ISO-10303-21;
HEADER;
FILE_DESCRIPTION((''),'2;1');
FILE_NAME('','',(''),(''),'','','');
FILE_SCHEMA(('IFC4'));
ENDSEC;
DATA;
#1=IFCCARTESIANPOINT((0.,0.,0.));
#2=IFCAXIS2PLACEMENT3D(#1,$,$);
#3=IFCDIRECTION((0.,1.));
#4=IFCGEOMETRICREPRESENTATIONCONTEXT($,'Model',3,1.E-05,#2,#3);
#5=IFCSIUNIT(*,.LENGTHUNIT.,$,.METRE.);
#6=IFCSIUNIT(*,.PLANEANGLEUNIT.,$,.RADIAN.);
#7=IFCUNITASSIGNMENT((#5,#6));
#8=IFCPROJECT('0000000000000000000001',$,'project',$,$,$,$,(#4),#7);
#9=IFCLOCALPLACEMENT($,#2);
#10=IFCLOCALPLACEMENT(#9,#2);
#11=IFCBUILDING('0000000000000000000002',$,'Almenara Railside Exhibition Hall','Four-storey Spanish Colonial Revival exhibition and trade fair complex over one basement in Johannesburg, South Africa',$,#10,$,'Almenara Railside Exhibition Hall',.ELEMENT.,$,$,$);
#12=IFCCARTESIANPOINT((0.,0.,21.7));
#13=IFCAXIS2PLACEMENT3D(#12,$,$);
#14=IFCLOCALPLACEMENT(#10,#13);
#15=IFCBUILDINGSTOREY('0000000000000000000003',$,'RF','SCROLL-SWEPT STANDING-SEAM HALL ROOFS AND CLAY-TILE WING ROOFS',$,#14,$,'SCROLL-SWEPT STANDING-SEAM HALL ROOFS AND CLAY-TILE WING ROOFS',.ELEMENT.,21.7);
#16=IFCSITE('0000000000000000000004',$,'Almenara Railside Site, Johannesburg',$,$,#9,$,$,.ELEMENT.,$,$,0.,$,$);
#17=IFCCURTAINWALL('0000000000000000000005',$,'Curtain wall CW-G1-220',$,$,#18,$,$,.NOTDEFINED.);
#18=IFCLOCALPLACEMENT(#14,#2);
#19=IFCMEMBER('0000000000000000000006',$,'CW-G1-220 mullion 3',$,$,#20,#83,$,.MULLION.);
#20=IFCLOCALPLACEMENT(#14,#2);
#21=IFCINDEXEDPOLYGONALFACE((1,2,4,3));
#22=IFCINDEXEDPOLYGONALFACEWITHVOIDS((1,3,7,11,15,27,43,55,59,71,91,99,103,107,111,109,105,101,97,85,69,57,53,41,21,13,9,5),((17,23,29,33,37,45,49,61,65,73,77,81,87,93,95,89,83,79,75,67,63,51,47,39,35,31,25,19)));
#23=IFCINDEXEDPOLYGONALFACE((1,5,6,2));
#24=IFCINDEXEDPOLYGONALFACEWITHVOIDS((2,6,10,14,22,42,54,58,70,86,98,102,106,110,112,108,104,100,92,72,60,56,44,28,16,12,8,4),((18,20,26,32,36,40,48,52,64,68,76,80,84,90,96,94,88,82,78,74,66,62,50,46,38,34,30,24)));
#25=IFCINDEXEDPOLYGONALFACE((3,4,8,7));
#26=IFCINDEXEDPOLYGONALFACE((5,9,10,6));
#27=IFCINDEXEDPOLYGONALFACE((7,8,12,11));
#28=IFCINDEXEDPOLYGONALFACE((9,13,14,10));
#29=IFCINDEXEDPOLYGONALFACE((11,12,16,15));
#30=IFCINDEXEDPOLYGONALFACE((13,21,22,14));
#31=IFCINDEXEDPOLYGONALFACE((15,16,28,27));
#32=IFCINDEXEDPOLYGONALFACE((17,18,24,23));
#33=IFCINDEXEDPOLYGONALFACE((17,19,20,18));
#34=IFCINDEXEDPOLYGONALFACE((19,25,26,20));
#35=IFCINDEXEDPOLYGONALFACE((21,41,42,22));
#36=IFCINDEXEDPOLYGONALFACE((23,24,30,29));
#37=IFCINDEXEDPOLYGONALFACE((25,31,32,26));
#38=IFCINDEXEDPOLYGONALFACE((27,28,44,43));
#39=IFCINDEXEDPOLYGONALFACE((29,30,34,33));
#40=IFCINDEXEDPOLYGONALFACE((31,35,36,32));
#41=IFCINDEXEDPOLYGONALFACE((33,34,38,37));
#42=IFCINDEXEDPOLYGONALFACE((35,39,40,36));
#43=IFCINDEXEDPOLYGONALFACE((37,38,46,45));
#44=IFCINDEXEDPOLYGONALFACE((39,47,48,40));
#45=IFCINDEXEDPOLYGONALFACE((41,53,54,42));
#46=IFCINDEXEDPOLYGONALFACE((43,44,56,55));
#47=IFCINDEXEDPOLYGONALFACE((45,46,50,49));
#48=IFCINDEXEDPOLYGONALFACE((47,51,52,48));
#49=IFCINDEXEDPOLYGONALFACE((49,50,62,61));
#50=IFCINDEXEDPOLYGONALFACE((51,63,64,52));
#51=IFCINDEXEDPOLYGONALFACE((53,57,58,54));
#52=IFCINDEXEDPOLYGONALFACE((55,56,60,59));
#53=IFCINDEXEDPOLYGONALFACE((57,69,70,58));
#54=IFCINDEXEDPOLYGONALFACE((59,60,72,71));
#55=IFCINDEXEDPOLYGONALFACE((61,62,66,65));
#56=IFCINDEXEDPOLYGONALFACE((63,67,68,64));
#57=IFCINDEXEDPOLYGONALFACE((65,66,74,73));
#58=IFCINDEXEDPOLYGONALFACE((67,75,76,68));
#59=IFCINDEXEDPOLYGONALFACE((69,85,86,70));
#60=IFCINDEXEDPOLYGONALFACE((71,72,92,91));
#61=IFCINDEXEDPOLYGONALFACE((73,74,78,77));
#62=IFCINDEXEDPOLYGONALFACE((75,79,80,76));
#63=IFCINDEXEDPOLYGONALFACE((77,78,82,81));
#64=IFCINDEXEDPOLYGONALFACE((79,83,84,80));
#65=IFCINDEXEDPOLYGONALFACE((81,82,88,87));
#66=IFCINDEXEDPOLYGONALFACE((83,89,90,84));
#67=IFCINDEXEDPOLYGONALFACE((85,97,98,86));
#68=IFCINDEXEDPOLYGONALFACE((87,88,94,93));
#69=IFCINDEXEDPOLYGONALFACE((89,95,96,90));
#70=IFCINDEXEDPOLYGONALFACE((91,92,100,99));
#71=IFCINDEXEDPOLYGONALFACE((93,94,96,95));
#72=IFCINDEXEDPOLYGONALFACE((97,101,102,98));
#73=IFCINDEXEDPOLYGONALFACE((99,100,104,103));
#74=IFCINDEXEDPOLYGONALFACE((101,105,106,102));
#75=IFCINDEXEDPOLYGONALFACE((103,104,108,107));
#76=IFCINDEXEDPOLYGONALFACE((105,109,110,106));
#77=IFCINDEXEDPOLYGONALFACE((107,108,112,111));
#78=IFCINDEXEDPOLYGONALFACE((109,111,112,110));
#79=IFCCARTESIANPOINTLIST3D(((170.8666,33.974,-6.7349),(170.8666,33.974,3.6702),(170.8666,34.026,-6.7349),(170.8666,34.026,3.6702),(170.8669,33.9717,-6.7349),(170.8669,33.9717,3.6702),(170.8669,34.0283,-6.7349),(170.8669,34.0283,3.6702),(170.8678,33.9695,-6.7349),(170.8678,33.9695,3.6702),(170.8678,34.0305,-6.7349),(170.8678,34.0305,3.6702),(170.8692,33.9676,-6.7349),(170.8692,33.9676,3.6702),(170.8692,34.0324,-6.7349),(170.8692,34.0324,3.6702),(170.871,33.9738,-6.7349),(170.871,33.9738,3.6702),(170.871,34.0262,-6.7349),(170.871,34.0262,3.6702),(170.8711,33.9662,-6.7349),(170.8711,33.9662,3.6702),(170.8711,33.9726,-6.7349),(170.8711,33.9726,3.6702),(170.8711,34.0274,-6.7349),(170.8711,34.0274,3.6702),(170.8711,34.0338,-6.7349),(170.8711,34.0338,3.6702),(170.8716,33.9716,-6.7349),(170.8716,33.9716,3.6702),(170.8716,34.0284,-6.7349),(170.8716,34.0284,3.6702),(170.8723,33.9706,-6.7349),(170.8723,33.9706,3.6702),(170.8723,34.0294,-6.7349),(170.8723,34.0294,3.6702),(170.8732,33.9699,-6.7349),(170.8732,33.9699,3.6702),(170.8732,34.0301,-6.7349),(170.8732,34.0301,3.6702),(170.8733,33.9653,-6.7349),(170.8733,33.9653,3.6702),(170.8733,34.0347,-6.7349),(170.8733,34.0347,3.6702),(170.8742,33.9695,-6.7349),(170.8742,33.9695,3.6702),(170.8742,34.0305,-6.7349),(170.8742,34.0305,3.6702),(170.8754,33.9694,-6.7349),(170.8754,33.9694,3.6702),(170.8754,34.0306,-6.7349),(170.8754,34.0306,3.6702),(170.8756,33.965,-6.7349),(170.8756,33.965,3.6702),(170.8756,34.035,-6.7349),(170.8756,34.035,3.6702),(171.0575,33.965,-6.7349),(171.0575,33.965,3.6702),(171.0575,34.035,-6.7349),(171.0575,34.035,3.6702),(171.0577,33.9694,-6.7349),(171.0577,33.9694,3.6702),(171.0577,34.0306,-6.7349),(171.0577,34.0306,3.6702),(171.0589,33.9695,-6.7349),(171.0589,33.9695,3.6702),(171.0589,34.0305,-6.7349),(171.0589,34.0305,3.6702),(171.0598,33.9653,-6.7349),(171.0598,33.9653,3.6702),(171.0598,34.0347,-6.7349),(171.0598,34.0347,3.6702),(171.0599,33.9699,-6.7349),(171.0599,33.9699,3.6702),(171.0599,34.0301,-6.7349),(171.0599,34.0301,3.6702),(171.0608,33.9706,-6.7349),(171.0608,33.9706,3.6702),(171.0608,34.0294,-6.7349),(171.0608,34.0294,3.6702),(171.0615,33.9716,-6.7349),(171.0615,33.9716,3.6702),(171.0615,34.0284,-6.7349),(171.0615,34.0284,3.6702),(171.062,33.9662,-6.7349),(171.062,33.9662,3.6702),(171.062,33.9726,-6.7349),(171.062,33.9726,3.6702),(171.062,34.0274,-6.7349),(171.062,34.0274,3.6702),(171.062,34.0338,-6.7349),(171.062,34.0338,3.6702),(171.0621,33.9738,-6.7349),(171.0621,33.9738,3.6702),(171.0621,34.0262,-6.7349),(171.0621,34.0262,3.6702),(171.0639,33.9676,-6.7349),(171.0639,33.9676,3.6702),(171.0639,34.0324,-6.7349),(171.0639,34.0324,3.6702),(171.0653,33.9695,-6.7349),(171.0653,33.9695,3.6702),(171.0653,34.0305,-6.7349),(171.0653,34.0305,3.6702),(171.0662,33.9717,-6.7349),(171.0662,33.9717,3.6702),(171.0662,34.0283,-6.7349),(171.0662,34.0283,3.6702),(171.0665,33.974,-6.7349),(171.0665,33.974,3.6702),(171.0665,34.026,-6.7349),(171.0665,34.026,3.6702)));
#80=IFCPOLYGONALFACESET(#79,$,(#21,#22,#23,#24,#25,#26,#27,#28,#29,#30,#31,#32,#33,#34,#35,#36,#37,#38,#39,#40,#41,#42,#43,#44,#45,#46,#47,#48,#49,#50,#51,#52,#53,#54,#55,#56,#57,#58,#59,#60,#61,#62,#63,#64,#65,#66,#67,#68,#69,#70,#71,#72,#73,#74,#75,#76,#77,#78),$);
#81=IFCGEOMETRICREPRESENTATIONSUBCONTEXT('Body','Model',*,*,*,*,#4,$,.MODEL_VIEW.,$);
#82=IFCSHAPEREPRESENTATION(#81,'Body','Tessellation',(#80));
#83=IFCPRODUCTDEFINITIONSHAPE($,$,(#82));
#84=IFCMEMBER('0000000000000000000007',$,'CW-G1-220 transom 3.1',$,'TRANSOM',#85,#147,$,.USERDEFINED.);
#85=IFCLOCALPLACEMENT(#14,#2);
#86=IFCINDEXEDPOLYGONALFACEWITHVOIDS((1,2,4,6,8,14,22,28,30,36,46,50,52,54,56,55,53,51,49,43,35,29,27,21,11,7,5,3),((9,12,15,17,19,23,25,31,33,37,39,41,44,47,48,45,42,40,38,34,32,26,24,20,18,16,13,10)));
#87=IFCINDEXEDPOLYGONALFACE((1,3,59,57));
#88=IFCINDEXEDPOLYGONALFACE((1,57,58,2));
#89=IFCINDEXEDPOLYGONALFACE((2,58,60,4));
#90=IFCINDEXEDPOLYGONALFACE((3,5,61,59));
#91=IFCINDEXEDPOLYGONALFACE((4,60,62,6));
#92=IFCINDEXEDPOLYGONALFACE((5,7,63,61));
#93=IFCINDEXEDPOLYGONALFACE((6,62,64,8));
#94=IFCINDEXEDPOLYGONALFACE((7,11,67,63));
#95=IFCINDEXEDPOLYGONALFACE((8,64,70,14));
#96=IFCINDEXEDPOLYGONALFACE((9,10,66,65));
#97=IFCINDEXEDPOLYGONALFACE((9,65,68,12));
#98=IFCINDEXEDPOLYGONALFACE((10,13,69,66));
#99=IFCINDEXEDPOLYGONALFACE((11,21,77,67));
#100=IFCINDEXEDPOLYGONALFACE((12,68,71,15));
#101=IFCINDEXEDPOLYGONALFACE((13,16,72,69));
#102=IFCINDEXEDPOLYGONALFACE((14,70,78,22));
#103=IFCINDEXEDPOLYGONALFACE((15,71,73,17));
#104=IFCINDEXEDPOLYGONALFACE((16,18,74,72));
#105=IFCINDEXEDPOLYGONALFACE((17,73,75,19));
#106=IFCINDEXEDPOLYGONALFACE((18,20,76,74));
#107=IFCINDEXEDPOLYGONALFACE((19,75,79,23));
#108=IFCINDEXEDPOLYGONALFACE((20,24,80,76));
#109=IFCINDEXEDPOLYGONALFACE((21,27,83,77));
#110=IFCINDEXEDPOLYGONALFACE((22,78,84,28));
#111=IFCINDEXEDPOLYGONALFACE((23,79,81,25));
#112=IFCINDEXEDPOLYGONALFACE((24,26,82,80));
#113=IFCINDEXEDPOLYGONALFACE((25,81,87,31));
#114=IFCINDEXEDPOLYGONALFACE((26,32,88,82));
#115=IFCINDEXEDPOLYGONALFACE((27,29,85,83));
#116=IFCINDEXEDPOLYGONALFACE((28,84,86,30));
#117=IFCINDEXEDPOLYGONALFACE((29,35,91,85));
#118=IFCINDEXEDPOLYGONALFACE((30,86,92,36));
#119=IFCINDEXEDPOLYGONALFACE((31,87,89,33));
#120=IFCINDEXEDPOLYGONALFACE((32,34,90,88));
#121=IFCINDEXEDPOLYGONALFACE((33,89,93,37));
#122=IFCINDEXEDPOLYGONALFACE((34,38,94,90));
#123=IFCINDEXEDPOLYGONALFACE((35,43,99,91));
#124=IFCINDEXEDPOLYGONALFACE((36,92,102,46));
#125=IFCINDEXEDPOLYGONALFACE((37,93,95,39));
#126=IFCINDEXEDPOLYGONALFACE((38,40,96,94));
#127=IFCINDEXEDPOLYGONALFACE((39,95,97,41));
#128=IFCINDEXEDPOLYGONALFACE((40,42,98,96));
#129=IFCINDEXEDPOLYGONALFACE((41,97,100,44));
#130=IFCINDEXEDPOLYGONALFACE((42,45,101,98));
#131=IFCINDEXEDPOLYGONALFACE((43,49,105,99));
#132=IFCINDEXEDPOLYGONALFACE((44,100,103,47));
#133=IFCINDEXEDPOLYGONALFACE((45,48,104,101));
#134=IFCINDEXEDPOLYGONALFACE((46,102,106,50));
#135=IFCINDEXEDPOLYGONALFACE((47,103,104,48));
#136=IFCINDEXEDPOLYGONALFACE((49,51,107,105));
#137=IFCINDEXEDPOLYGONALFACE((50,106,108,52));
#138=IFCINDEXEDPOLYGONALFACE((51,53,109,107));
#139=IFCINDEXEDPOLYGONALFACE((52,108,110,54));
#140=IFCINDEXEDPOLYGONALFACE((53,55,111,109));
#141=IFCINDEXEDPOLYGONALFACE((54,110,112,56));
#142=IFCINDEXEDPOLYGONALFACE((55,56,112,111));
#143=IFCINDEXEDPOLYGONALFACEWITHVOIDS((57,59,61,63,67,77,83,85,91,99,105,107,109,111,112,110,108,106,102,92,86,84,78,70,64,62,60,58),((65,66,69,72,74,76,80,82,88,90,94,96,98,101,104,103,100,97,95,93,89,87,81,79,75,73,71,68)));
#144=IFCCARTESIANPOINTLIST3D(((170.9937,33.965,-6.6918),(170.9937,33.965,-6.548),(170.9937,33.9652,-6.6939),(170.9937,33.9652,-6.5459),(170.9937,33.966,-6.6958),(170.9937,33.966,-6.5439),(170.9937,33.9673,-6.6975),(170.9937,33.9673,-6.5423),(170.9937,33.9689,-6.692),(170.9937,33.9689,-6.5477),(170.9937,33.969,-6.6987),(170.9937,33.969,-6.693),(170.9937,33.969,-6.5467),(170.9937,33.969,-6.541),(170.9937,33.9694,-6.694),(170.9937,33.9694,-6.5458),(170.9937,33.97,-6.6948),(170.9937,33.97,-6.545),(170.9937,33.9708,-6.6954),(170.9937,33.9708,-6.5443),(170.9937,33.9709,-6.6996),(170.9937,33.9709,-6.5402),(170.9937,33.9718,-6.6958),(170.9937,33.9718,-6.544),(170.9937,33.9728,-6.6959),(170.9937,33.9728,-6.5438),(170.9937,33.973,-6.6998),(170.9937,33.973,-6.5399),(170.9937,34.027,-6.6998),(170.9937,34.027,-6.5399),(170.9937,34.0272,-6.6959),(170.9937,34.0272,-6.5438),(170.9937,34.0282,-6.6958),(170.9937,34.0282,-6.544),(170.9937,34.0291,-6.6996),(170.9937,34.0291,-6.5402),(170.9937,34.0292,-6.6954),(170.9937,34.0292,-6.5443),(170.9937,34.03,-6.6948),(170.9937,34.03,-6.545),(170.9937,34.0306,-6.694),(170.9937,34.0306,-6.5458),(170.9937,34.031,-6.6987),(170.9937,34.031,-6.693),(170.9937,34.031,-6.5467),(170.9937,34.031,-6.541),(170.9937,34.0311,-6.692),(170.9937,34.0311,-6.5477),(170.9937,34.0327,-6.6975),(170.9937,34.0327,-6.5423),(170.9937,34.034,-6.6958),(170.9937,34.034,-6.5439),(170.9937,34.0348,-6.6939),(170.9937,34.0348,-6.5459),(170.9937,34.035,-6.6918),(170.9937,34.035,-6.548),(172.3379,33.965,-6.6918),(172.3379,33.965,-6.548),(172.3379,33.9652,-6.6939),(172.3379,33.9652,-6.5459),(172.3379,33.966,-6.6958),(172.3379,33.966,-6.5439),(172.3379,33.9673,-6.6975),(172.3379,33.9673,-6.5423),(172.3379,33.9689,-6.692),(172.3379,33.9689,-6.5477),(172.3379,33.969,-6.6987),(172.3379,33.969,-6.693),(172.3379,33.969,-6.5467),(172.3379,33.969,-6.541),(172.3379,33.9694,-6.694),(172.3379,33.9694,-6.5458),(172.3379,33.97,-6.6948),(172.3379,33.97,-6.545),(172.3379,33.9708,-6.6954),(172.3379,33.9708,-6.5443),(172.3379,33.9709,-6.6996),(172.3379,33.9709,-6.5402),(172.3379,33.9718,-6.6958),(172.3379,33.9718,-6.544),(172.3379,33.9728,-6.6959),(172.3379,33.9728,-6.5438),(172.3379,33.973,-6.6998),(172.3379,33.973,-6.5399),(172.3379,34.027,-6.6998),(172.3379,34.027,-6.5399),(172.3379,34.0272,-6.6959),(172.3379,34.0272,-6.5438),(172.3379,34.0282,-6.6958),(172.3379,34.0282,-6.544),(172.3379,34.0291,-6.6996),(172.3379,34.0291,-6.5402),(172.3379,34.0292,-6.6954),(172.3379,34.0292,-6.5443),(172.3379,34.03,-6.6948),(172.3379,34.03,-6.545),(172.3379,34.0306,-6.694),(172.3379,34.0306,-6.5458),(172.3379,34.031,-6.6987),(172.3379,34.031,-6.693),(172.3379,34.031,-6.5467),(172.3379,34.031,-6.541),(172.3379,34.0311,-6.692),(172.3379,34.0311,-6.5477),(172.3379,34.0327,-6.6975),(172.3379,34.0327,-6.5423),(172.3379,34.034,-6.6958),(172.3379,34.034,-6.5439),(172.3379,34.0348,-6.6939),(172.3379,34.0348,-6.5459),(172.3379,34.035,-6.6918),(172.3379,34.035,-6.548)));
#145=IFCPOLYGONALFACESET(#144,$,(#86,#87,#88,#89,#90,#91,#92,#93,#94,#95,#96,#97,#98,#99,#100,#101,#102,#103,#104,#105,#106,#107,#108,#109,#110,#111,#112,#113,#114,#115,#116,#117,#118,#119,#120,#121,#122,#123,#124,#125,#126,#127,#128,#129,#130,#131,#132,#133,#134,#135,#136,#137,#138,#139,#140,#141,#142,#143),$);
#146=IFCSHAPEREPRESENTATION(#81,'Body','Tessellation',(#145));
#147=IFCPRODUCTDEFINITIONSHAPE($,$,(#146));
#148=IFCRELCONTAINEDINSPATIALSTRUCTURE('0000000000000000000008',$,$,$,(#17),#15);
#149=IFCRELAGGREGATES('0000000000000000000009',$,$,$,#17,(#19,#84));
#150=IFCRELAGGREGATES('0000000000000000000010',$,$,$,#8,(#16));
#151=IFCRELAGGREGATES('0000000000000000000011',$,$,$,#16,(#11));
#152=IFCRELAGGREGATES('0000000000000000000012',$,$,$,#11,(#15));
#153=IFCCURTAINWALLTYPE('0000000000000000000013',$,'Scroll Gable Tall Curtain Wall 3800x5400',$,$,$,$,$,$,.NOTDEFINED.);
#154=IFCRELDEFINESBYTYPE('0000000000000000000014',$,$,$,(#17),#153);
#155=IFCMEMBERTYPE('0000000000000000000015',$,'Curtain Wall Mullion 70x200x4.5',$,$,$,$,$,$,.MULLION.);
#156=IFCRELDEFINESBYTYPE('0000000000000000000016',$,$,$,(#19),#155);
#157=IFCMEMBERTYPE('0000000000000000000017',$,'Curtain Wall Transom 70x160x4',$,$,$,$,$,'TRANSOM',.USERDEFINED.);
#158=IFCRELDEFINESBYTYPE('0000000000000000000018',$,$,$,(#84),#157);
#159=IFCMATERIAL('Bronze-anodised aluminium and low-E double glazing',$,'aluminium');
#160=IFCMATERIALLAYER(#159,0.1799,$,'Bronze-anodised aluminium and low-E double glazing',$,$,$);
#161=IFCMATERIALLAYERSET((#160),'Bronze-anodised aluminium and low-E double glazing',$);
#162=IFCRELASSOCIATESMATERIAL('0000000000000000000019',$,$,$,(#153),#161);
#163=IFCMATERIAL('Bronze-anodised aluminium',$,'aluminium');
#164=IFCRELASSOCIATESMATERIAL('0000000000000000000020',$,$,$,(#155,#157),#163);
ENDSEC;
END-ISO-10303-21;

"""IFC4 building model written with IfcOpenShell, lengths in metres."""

from ifc_helpers import new_model, si_unit, direction, frame, origin, origin_2d, place, context, subcontext, project, spatial, hollow_rectangle, extrude, material, layer, layer_set, material_profile, profile_set, type_object, element, aggregate, save


model = new_model("IFC4")

# Units and contexts
model_context = context("Model", 3, precision=1e-05, world=origin(), true_north=direction((0.0, 1.0)))
body_context = subcontext(model_context, "Body", "Model", "MODEL_VIEW")
ifc_project = project(units=[si_unit("LENGTHUNIT", "METRE"), si_unit("PLANEANGLEUNIT", "RADIAN")], contexts=[model_context])

# Site, building, storey
site_placement = place(None, origin())
site = spatial("IfcSite", under=ifc_project, at=site_placement, Name="Almenara Railside Site, Johannesburg", CompositionType="ELEMENT", RefElevation=0.0)
building_placement = place(site_placement, origin())
building = spatial("IfcBuilding", under=site, at=building_placement, Name="Almenara Railside Exhibition Hall", Description="Four-storey Spanish Colonial Revival exhibition and trade fair complex over one basement in Johannesburg, South Africa", LongName="Almenara Railside Exhibition Hall", CompositionType="ELEMENT")
storey_placement = place(building_placement, frame((0.0, 0.0, 21.7)))
storey = spatial("IfcBuildingStorey", under=building, at=storey_placement, Name="RF", Description="SCROLL-SWEPT STANDING-SEAM HALL ROOFS AND CLAY-TILE WING ROOFS", LongName="SCROLL-SWEPT STANDING-SEAM HALL ROOFS AND CLAY-TILE WING ROOFS", CompositionType="ELEMENT", Elevation=21.7)

# Curtain wall, members
ifc_material_1 = material(Name="Bronze-anodised aluminium and low-E double glazing", Category="aluminium")
ifc_layer_1 = layer(ifc_material_1, 0.1799, Name="Bronze-anodised aluminium and low-E double glazing")
ifc_layer_set_1 = layer_set([ifc_layer_1], Name="Bronze-anodised aluminium and low-E double glazing")
curtain_wall_type = type_object("IfcCurtainWallType", Name="Scroll Gable Tall Curtain Wall 3800x5400", PredefinedType="NOTDEFINED", material=ifc_layer_set_1)
curtain_wall_placement = place(storey_placement, origin())
curtain_wall = element("IfcCurtainWall", 1, at=curtain_wall_placement, inside=storey, type_object=curtain_wall_type, Name="Curtain wall CW-G1-220", PredefinedType="NOTDEFINED")
ifc_material_2 = material(Name="Bronze-anodised aluminium", Category="aluminium")
ifc_material_profile_1 = material_profile(ifc_material_2, hollow_rectangle(XDim=0.0701, YDim=0.2, WallThickness=0.0044, InnerFilletRadius=0.0044, OuterFilletRadius=0.009, at=origin_2d()), Name="ALU-MUL 70x200x4.5")
ifc_profile_set_1 = profile_set([ifc_material_profile_1], Name="Bronze-anodised aluminium")
member_type_1 = type_object("IfcMemberType", Name="Curtain Wall Mullion 70x200x4.5", PredefinedType="MULLION", material=ifc_profile_set_1)
member_1_placement = place(storey_placement, frame((170.9666, 34.0, -6.7349), z_axis=(0.0, 0.0, 1.0), x_axis=(0.0, 1.0, 0.0)))
member_1 = element("IfcMember", 2, at=member_1_placement, type_object=member_type_1, Name="CW-G1-220 mullion 3", PredefinedType="MULLION", context=body_context, shape_type="SweptSolid", body=[
    extrude(hollow_rectangle(XDim=0.0701, YDim=0.2, WallThickness=0.0044, InnerFilletRadius=0.0044, OuterFilletRadius=0.009, at=origin_2d()), origin(), (0.0, 0.0, 1.0), 10.405),
])
ifc_material_profile_2 = material_profile(ifc_material_2, hollow_rectangle(XDim=0.0701, YDim=0.1599, WallThickness=0.0039, InnerFilletRadius=0.0039, OuterFilletRadius=0.0081, at=origin_2d()), Name="ALU-TRN 70x160x4")
ifc_profile_set_2 = profile_set([ifc_material_profile_2], Name="Bronze-anodised aluminium")
member_type_2 = type_object("IfcMemberType", Name="Curtain Wall Transom 70x160x4", ElementType="TRANSOM", PredefinedType="USERDEFINED", material=ifc_profile_set_2)
member_2_placement = place(storey_placement, frame((170.9937, 34.0, -6.6199), z_axis=(1.0, 0.0, 0.0), x_axis=(0.0, 1.0, 0.0)))
member_2 = element("IfcMember", 3, at=member_2_placement, type_object=member_type_2, Name="CW-G1-220 transom 3.1", ObjectType="TRANSOM", PredefinedType="USERDEFINED", context=body_context, shape_type="SweptSolid", body=[
    extrude(hollow_rectangle(XDim=0.0701, YDim=0.1599, WallThickness=0.0039, InnerFilletRadius=0.0039, OuterFilletRadius=0.0081, at=origin_2d()), origin(), (0.0, 0.0, 1.0), 1.3442),
])
aggregate(curtain_wall, [member_1, member_2])

save(model, "model.ifc")
